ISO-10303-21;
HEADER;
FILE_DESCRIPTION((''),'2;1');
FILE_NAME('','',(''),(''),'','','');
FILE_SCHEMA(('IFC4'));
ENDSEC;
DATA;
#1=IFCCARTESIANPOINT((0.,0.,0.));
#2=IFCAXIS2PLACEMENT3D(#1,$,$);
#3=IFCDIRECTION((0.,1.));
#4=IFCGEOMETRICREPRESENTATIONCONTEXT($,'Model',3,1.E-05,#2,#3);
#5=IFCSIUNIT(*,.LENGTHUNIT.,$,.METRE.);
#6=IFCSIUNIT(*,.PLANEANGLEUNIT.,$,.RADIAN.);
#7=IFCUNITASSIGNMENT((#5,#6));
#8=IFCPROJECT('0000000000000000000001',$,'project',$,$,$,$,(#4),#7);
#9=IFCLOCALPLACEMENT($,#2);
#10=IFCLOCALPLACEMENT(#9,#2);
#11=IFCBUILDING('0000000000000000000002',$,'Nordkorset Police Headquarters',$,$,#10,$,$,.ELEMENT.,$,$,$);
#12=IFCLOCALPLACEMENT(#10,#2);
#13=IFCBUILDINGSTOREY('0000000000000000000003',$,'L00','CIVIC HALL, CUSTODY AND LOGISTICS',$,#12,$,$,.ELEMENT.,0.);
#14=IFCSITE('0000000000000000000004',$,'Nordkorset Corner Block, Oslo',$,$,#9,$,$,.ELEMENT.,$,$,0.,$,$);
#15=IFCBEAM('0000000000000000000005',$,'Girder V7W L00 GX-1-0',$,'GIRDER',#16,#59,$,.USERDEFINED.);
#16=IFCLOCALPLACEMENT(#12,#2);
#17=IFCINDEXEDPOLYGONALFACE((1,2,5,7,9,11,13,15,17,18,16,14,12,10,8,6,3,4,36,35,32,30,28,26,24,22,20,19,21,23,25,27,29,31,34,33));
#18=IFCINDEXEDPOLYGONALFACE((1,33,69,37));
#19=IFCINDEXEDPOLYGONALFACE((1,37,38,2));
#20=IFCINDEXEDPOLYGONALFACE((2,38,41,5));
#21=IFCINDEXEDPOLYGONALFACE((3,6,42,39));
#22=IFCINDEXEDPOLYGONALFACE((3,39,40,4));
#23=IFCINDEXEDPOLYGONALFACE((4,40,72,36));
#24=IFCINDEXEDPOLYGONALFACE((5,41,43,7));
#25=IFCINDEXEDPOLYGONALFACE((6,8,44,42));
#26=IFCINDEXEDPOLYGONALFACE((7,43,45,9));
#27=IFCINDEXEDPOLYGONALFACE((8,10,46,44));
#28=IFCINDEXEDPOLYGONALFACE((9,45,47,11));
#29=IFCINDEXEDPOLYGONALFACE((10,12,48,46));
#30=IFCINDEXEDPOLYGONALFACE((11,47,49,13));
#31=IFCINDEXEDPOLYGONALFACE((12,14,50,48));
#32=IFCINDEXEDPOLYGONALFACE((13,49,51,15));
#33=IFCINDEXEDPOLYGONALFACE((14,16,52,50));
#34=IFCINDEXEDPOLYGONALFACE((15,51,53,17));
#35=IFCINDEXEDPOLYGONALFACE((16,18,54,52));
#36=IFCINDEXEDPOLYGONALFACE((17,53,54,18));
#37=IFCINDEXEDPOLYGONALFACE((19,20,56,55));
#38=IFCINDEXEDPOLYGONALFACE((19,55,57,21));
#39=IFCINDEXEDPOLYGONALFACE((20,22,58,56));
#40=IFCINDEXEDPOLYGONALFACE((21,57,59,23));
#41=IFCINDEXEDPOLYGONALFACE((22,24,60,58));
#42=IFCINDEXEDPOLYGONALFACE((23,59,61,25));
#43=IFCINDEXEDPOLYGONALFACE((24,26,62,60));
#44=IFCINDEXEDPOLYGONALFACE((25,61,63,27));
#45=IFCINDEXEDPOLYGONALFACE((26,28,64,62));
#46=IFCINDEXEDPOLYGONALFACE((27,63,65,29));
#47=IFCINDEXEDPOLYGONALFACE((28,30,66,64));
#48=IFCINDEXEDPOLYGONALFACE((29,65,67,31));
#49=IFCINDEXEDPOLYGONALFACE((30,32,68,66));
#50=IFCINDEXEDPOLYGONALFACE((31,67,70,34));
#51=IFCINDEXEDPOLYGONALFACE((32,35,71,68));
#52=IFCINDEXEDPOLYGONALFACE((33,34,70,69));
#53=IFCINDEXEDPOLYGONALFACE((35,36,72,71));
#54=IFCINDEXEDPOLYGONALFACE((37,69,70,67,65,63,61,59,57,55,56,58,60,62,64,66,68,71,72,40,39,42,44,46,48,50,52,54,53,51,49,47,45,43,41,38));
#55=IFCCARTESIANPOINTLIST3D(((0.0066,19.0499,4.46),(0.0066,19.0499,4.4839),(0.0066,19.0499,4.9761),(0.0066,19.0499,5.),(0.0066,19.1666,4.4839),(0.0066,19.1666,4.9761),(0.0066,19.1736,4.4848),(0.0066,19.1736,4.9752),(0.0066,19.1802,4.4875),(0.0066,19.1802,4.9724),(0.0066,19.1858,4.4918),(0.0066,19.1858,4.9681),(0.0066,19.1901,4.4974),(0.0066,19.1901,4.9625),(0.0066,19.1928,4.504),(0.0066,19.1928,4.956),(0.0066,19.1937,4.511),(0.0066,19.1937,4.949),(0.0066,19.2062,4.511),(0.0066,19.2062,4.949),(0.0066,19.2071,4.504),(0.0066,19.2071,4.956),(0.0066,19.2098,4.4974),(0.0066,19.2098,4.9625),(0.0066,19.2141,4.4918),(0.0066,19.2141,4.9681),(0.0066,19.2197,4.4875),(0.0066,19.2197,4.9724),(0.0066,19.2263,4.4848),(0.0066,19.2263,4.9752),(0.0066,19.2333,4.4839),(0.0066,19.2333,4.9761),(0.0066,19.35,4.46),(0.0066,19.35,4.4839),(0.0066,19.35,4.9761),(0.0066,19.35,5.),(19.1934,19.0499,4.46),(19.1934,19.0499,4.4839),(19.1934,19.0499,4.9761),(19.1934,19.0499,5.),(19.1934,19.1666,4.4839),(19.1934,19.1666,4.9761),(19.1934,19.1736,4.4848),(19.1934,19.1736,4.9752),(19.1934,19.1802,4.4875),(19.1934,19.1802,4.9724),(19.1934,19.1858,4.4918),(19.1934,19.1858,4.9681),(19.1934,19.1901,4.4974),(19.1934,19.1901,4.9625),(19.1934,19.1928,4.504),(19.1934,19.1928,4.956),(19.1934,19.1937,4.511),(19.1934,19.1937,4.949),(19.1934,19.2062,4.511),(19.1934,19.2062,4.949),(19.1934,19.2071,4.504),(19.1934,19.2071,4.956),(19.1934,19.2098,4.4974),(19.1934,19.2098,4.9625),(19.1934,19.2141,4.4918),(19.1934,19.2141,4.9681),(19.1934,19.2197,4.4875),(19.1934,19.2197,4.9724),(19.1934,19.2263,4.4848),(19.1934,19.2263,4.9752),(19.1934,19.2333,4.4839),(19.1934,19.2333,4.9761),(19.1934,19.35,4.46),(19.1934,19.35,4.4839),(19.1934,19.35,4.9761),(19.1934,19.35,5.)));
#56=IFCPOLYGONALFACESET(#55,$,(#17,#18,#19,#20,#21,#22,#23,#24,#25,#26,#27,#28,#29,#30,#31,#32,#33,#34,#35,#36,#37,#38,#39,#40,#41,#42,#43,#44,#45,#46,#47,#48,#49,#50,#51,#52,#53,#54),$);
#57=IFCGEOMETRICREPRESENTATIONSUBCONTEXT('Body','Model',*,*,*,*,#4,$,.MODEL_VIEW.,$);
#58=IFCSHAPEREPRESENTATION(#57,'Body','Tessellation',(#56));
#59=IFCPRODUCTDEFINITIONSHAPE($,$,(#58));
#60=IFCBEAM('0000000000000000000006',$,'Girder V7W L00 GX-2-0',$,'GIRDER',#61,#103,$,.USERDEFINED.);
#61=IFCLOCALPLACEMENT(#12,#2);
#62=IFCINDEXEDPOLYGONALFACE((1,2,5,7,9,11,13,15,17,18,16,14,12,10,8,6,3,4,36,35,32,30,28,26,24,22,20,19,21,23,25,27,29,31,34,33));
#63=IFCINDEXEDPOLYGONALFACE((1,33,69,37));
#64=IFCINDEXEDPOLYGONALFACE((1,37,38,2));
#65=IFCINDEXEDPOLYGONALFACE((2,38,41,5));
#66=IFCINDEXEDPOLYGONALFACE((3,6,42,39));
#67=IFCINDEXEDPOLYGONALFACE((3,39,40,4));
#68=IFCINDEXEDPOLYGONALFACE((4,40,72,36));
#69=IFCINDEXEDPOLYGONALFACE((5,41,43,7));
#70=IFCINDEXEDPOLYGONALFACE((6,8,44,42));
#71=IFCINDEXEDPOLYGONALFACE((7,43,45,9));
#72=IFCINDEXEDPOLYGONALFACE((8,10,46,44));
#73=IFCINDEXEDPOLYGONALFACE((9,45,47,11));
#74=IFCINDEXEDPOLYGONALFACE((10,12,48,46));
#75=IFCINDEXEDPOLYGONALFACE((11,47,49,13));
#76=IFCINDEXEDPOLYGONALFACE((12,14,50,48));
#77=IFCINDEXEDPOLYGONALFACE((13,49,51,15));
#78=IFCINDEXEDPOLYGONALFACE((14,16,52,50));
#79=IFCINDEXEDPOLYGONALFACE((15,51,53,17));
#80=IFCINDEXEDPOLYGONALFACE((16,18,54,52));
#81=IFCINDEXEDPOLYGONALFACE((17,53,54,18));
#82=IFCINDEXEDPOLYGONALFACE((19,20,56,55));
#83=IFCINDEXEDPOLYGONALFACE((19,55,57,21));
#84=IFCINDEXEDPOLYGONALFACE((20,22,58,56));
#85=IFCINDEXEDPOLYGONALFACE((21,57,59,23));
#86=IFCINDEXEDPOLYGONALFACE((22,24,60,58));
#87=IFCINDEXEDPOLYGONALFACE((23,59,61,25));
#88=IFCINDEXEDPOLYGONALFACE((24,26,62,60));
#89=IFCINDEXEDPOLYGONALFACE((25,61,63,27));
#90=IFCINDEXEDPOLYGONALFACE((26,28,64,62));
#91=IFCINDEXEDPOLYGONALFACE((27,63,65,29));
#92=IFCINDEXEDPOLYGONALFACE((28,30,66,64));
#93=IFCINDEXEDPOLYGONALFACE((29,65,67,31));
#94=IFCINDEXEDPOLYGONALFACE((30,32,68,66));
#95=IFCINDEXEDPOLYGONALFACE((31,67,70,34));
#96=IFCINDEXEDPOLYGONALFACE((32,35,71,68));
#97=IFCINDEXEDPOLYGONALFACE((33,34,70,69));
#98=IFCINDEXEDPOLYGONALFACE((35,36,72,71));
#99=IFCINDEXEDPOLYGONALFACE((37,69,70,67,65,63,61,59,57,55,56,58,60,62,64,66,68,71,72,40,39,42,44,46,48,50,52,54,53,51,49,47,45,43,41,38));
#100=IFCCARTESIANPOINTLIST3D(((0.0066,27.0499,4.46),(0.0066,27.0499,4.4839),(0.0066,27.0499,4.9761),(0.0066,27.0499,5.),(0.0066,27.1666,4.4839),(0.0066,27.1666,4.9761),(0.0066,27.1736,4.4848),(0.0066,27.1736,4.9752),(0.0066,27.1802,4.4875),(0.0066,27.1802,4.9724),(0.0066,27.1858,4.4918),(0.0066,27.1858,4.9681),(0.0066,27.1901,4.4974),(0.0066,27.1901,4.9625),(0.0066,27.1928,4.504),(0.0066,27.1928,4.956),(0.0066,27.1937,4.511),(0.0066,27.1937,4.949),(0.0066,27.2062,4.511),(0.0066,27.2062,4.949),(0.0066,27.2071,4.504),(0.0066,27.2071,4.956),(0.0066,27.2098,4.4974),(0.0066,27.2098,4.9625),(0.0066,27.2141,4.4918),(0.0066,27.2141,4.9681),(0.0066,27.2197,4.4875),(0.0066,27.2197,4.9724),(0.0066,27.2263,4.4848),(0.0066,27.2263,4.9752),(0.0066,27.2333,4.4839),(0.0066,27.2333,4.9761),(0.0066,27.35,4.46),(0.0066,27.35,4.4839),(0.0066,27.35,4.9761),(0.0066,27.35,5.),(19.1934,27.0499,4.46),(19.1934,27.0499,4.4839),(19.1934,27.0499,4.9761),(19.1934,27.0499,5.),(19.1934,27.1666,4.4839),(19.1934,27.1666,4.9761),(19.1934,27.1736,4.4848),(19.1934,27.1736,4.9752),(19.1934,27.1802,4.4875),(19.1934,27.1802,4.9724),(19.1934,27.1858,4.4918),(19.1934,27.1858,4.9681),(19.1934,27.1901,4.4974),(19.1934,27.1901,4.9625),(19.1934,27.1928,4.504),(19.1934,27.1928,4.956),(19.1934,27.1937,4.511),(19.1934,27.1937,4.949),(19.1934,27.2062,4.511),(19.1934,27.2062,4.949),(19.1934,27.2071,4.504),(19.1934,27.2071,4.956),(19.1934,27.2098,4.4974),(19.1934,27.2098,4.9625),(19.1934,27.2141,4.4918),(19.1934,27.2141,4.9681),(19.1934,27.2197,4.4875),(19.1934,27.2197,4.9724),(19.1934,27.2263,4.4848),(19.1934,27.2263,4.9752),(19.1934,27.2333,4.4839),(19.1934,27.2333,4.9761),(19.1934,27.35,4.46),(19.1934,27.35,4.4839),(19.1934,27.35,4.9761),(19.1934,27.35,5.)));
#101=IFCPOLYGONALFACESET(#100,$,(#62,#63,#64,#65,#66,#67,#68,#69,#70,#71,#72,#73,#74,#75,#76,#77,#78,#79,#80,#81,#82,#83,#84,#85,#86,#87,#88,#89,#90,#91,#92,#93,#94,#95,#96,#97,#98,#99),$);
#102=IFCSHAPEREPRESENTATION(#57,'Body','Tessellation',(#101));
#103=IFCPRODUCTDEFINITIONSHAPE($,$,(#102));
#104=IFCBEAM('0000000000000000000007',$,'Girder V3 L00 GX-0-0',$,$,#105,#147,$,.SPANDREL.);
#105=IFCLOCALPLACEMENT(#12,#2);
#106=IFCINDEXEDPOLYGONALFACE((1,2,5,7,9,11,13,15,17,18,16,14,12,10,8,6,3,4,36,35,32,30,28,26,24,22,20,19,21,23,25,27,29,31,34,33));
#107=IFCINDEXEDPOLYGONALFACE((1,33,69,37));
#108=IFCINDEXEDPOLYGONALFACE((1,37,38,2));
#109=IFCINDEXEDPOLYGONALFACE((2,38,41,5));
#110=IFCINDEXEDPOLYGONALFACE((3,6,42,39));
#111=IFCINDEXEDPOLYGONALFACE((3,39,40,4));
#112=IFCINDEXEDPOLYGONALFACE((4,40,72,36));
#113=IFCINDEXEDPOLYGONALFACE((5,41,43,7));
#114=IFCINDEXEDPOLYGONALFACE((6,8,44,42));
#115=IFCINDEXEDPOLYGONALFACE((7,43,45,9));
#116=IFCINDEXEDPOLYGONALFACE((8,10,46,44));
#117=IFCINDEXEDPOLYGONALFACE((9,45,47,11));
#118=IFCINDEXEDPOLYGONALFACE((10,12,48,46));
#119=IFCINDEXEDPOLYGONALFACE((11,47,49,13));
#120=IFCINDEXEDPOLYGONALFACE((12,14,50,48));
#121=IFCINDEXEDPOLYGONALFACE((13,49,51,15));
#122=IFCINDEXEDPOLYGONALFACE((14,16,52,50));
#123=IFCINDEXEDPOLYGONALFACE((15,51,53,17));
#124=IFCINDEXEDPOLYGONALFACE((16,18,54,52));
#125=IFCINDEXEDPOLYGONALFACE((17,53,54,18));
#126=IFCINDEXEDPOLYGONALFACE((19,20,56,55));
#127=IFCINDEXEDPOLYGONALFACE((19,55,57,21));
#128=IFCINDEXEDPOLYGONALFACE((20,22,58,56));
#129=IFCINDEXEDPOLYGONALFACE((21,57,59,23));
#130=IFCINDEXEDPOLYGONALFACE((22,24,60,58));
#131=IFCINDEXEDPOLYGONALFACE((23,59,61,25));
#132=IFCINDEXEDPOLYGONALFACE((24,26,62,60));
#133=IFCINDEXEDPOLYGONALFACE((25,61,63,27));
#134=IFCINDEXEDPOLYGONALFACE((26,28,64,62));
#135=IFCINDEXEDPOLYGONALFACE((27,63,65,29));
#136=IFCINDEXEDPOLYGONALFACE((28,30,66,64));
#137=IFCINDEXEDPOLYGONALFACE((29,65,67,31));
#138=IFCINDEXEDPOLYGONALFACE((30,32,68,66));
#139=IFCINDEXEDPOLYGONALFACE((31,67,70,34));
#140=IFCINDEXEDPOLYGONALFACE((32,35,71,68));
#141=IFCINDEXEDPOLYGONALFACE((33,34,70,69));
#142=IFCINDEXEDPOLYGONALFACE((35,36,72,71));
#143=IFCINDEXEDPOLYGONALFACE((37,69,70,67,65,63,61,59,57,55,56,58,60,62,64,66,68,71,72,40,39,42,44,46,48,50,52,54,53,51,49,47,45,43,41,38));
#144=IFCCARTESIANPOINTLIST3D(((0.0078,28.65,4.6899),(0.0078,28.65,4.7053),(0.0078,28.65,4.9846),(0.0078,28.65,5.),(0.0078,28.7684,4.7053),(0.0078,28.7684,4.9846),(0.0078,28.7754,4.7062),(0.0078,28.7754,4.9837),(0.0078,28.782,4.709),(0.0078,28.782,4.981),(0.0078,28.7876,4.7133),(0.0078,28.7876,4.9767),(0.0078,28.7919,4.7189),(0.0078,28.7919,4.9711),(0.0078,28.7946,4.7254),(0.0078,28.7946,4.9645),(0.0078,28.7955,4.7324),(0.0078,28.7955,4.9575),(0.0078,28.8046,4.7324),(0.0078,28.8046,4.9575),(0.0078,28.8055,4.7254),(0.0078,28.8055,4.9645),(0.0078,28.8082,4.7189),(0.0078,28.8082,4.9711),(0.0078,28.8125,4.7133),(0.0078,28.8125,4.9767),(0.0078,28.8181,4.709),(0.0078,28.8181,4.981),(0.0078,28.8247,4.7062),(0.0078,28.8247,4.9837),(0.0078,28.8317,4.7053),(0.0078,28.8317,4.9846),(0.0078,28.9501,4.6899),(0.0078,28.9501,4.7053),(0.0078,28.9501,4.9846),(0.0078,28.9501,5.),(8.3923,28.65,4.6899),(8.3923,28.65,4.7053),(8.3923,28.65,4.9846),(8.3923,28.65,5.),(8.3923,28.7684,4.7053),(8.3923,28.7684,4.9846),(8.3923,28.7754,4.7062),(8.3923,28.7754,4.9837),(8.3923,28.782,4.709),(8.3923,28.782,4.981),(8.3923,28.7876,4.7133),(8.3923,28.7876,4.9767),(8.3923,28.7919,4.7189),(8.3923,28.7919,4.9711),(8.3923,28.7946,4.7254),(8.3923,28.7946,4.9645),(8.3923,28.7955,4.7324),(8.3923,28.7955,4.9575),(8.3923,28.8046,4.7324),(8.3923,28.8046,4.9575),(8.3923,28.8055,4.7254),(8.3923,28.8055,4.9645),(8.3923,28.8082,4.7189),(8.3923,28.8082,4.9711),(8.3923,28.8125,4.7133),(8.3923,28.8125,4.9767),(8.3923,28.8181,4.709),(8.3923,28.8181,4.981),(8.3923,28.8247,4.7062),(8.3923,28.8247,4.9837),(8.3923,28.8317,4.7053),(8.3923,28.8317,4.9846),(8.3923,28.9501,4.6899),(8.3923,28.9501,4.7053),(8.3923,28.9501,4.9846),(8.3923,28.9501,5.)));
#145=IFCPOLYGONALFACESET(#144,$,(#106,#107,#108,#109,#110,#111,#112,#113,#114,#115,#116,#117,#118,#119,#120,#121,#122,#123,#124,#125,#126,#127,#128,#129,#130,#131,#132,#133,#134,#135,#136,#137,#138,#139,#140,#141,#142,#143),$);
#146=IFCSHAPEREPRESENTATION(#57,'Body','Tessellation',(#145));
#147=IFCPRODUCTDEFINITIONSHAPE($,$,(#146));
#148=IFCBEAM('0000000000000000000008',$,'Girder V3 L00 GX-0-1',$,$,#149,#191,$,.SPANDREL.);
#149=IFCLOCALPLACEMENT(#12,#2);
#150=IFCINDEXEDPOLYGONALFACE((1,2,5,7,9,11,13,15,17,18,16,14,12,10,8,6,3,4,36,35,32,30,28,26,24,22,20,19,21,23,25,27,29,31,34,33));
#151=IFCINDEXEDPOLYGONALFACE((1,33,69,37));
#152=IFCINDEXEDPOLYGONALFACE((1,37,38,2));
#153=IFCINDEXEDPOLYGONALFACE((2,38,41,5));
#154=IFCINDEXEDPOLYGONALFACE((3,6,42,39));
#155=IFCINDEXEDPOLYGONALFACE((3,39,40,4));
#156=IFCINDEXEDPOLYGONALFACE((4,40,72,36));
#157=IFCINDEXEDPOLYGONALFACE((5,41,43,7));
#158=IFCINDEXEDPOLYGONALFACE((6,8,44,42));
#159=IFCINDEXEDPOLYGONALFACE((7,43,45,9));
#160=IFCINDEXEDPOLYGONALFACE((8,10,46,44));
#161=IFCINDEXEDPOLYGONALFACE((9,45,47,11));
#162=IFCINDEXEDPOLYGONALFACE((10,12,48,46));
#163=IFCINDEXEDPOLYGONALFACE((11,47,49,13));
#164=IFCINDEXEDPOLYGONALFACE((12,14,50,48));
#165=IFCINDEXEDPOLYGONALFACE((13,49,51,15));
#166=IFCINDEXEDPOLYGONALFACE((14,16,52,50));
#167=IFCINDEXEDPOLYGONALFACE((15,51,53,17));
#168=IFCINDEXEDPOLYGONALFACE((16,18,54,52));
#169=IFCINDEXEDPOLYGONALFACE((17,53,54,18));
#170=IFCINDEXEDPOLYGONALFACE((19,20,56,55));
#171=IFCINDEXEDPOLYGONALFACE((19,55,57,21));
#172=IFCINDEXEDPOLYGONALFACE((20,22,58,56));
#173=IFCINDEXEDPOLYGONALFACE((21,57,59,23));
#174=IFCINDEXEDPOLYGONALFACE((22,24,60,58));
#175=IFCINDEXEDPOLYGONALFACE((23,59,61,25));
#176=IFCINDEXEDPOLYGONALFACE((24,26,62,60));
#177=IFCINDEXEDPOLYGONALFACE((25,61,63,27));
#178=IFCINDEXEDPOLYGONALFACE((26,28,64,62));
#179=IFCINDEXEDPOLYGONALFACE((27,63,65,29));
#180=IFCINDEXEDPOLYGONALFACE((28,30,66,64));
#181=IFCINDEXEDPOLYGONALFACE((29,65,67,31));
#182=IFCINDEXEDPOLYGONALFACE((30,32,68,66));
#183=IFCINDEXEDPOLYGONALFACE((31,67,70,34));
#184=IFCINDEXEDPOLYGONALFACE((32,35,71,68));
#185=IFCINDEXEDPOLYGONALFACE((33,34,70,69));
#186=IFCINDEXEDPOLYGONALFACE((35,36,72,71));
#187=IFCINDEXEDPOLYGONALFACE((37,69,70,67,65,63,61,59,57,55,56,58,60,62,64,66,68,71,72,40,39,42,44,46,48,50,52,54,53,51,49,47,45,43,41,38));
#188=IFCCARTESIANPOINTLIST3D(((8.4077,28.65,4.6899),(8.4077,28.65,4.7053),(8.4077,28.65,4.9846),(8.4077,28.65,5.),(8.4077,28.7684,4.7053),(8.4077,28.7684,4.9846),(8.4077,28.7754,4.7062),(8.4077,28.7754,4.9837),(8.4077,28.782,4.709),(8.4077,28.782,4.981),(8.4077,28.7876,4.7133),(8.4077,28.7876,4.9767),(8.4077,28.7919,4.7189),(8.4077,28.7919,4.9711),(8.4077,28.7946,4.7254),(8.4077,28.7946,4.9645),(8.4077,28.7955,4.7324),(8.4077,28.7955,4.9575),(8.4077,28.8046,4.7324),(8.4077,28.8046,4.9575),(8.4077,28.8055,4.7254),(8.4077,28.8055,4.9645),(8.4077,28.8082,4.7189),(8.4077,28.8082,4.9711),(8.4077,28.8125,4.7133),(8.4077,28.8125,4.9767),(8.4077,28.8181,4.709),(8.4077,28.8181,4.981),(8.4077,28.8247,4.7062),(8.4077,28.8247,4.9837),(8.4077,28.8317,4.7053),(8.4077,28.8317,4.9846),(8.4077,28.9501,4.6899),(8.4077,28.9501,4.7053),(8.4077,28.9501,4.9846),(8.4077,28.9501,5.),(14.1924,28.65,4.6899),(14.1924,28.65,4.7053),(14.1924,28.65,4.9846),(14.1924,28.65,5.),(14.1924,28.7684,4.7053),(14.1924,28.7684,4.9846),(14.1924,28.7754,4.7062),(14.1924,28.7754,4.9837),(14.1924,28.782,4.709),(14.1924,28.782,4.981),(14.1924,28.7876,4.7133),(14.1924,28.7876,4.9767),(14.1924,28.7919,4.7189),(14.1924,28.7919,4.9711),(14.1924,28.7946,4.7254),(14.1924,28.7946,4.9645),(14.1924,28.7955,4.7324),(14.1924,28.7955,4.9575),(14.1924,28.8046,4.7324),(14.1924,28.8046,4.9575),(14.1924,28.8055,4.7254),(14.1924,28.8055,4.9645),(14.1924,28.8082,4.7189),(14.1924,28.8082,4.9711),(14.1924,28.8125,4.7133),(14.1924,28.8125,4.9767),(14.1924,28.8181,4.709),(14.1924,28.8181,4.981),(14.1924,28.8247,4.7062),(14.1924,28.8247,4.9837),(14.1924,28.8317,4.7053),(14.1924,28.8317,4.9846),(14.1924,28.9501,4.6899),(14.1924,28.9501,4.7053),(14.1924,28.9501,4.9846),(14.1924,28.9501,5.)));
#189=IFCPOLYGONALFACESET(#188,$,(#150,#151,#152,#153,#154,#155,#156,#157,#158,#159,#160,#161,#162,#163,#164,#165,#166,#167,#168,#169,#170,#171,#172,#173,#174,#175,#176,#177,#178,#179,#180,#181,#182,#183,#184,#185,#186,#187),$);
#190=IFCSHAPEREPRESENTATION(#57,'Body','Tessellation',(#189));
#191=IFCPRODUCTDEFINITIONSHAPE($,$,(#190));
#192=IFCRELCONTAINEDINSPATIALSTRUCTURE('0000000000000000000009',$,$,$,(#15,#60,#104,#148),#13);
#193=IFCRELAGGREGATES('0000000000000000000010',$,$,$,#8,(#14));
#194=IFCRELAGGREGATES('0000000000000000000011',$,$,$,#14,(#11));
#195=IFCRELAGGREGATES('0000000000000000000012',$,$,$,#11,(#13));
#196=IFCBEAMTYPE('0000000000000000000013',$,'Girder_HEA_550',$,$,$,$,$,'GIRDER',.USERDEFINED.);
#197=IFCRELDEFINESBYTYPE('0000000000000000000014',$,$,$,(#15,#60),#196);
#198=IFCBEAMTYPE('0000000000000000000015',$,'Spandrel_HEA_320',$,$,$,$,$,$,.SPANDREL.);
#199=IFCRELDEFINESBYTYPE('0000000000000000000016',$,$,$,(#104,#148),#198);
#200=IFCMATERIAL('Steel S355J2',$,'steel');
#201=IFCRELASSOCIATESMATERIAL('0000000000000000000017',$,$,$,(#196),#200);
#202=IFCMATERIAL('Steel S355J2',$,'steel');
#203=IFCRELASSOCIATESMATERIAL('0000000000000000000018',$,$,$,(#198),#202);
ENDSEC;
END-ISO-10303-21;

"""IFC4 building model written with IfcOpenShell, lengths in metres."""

from ifc_helpers import new_model, si_unit, direction, frame, origin, origin_2d, place, context, subcontext, project, spatial, i_section, extrude, material, material_profile, profile_set, type_object, element, save


model = new_model("IFC4")

# Units and contexts
model_context = context("Model", 3, precision=1e-05, world=origin(), true_north=direction((0.0, 1.0)))
body_context = subcontext(model_context, "Body", "Model", "MODEL_VIEW")
ifc_project = project(units=[si_unit("LENGTHUNIT", "METRE"), si_unit("PLANEANGLEUNIT", "RADIAN")], contexts=[model_context])

# Site, building, storey
site_placement = place(None, origin())
site = spatial("IfcSite", under=ifc_project, at=site_placement, Name="Nordkorset Corner Block, Oslo", CompositionType="ELEMENT", RefElevation=0.0)
building_placement = place(site_placement, origin())
building = spatial("IfcBuilding", under=site, at=building_placement, Name="Nordkorset Police Headquarters", CompositionType="ELEMENT")
storey_placement = place(building_placement, origin())
storey = spatial("IfcBuildingStorey", under=building, at=storey_placement, Name="L00", Description="CIVIC HALL, CUSTODY AND LOGISTICS", CompositionType="ELEMENT", Elevation=0.0)

# Beams
ifc_material_1 = material(Name="Steel S355J2", Category="steel")
ifc_material_profile_1 = material_profile(ifc_material_1, i_section(OverallWidth=0.3, OverallDepth=0.54, WebThickness=0.0125, FlangeThickness=0.0239, FilletRadius=0.0271, at=origin_2d()), Name="HEA 550")
ifc_profile_set_1 = profile_set([ifc_material_profile_1], Name="Steel S355J2")
beam_type_1 = type_object("IfcBeamType", Name="Girder_HEA_550", ElementType="GIRDER", PredefinedType="USERDEFINED", material=ifc_profile_set_1)
for number, where, z_axis, x_axis, name in (
    (1, (0.0066, 19.2, 4.73), (1.0, 0.0, 0.0), (0.0, 1.0, 0.0), "Girder V7W L00 GX-1-0"),
    (2, (0.0066, 27.2, 4.73), (1.0, 0.0, 0.0), (0.0, 1.0, 0.0), "Girder V7W L00 GX-2-0"),
):
    element("IfcBeam", number, at=place(storey_placement, frame(where, z_axis=z_axis, x_axis=x_axis)), inside=storey, type_object=beam_type_1, Name=name, ObjectType="GIRDER", PredefinedType="USERDEFINED", context=body_context, shape_type="SweptSolid", body=[
        extrude(i_section(OverallWidth=0.3, OverallDepth=0.54, WebThickness=0.0125, FlangeThickness=0.0239, FilletRadius=0.0271, at=origin_2d()), origin(), (0.0, 0.0, 1.0), 19.1868),
    ])
ifc_material_2 = material(Name="Steel S355J2", Category="steel")
ifc_material_profile_2 = material_profile(ifc_material_2, i_section(OverallWidth=0.3, OverallDepth=0.3101, WebThickness=0.009, FlangeThickness=0.0154, FilletRadius=0.0271, at=origin_2d()), Name="HEA 320")
ifc_profile_set_2 = profile_set([ifc_material_profile_2], Name="Steel S355J2")
beam_type_2 = type_object("IfcBeamType", Name="Spandrel_HEA_320", PredefinedType="SPANDREL", material=ifc_profile_set_2)
beam_1_placement = place(storey_placement, frame((0.0078, 28.8, 4.845), z_axis=(1.0, 0.0, 0.0), x_axis=(0.0, 1.0, 0.0)))
element("IfcBeam", 3, at=beam_1_placement, inside=storey, type_object=beam_type_2, Name="Girder V3 L00 GX-0-0", PredefinedType="SPANDREL", context=body_context, shape_type="SweptSolid", body=[
    extrude(i_section(OverallWidth=0.3, OverallDepth=0.3101, WebThickness=0.009, FlangeThickness=0.0154, FilletRadius=0.0271, at=origin_2d()), origin(), (0.0, 0.0, 1.0), 8.3845),
])
beam_2_placement = place(storey_placement, frame((8.4077, 28.8, 4.845), z_axis=(1.0, 0.0, 0.0), x_axis=(0.0, 1.0, 0.0)))
element("IfcBeam", 4, at=beam_2_placement, inside=storey, type_object=beam_type_2, Name="Girder V3 L00 GX-0-1", PredefinedType="SPANDREL", context=body_context, shape_type="SweptSolid", body=[
    extrude(i_section(OverallWidth=0.3, OverallDepth=0.3101, WebThickness=0.009, FlangeThickness=0.0154, FilletRadius=0.0271, at=origin_2d()), origin(), (0.0, 0.0, 1.0), 5.7847),
])

save(model, "model.ifc")
